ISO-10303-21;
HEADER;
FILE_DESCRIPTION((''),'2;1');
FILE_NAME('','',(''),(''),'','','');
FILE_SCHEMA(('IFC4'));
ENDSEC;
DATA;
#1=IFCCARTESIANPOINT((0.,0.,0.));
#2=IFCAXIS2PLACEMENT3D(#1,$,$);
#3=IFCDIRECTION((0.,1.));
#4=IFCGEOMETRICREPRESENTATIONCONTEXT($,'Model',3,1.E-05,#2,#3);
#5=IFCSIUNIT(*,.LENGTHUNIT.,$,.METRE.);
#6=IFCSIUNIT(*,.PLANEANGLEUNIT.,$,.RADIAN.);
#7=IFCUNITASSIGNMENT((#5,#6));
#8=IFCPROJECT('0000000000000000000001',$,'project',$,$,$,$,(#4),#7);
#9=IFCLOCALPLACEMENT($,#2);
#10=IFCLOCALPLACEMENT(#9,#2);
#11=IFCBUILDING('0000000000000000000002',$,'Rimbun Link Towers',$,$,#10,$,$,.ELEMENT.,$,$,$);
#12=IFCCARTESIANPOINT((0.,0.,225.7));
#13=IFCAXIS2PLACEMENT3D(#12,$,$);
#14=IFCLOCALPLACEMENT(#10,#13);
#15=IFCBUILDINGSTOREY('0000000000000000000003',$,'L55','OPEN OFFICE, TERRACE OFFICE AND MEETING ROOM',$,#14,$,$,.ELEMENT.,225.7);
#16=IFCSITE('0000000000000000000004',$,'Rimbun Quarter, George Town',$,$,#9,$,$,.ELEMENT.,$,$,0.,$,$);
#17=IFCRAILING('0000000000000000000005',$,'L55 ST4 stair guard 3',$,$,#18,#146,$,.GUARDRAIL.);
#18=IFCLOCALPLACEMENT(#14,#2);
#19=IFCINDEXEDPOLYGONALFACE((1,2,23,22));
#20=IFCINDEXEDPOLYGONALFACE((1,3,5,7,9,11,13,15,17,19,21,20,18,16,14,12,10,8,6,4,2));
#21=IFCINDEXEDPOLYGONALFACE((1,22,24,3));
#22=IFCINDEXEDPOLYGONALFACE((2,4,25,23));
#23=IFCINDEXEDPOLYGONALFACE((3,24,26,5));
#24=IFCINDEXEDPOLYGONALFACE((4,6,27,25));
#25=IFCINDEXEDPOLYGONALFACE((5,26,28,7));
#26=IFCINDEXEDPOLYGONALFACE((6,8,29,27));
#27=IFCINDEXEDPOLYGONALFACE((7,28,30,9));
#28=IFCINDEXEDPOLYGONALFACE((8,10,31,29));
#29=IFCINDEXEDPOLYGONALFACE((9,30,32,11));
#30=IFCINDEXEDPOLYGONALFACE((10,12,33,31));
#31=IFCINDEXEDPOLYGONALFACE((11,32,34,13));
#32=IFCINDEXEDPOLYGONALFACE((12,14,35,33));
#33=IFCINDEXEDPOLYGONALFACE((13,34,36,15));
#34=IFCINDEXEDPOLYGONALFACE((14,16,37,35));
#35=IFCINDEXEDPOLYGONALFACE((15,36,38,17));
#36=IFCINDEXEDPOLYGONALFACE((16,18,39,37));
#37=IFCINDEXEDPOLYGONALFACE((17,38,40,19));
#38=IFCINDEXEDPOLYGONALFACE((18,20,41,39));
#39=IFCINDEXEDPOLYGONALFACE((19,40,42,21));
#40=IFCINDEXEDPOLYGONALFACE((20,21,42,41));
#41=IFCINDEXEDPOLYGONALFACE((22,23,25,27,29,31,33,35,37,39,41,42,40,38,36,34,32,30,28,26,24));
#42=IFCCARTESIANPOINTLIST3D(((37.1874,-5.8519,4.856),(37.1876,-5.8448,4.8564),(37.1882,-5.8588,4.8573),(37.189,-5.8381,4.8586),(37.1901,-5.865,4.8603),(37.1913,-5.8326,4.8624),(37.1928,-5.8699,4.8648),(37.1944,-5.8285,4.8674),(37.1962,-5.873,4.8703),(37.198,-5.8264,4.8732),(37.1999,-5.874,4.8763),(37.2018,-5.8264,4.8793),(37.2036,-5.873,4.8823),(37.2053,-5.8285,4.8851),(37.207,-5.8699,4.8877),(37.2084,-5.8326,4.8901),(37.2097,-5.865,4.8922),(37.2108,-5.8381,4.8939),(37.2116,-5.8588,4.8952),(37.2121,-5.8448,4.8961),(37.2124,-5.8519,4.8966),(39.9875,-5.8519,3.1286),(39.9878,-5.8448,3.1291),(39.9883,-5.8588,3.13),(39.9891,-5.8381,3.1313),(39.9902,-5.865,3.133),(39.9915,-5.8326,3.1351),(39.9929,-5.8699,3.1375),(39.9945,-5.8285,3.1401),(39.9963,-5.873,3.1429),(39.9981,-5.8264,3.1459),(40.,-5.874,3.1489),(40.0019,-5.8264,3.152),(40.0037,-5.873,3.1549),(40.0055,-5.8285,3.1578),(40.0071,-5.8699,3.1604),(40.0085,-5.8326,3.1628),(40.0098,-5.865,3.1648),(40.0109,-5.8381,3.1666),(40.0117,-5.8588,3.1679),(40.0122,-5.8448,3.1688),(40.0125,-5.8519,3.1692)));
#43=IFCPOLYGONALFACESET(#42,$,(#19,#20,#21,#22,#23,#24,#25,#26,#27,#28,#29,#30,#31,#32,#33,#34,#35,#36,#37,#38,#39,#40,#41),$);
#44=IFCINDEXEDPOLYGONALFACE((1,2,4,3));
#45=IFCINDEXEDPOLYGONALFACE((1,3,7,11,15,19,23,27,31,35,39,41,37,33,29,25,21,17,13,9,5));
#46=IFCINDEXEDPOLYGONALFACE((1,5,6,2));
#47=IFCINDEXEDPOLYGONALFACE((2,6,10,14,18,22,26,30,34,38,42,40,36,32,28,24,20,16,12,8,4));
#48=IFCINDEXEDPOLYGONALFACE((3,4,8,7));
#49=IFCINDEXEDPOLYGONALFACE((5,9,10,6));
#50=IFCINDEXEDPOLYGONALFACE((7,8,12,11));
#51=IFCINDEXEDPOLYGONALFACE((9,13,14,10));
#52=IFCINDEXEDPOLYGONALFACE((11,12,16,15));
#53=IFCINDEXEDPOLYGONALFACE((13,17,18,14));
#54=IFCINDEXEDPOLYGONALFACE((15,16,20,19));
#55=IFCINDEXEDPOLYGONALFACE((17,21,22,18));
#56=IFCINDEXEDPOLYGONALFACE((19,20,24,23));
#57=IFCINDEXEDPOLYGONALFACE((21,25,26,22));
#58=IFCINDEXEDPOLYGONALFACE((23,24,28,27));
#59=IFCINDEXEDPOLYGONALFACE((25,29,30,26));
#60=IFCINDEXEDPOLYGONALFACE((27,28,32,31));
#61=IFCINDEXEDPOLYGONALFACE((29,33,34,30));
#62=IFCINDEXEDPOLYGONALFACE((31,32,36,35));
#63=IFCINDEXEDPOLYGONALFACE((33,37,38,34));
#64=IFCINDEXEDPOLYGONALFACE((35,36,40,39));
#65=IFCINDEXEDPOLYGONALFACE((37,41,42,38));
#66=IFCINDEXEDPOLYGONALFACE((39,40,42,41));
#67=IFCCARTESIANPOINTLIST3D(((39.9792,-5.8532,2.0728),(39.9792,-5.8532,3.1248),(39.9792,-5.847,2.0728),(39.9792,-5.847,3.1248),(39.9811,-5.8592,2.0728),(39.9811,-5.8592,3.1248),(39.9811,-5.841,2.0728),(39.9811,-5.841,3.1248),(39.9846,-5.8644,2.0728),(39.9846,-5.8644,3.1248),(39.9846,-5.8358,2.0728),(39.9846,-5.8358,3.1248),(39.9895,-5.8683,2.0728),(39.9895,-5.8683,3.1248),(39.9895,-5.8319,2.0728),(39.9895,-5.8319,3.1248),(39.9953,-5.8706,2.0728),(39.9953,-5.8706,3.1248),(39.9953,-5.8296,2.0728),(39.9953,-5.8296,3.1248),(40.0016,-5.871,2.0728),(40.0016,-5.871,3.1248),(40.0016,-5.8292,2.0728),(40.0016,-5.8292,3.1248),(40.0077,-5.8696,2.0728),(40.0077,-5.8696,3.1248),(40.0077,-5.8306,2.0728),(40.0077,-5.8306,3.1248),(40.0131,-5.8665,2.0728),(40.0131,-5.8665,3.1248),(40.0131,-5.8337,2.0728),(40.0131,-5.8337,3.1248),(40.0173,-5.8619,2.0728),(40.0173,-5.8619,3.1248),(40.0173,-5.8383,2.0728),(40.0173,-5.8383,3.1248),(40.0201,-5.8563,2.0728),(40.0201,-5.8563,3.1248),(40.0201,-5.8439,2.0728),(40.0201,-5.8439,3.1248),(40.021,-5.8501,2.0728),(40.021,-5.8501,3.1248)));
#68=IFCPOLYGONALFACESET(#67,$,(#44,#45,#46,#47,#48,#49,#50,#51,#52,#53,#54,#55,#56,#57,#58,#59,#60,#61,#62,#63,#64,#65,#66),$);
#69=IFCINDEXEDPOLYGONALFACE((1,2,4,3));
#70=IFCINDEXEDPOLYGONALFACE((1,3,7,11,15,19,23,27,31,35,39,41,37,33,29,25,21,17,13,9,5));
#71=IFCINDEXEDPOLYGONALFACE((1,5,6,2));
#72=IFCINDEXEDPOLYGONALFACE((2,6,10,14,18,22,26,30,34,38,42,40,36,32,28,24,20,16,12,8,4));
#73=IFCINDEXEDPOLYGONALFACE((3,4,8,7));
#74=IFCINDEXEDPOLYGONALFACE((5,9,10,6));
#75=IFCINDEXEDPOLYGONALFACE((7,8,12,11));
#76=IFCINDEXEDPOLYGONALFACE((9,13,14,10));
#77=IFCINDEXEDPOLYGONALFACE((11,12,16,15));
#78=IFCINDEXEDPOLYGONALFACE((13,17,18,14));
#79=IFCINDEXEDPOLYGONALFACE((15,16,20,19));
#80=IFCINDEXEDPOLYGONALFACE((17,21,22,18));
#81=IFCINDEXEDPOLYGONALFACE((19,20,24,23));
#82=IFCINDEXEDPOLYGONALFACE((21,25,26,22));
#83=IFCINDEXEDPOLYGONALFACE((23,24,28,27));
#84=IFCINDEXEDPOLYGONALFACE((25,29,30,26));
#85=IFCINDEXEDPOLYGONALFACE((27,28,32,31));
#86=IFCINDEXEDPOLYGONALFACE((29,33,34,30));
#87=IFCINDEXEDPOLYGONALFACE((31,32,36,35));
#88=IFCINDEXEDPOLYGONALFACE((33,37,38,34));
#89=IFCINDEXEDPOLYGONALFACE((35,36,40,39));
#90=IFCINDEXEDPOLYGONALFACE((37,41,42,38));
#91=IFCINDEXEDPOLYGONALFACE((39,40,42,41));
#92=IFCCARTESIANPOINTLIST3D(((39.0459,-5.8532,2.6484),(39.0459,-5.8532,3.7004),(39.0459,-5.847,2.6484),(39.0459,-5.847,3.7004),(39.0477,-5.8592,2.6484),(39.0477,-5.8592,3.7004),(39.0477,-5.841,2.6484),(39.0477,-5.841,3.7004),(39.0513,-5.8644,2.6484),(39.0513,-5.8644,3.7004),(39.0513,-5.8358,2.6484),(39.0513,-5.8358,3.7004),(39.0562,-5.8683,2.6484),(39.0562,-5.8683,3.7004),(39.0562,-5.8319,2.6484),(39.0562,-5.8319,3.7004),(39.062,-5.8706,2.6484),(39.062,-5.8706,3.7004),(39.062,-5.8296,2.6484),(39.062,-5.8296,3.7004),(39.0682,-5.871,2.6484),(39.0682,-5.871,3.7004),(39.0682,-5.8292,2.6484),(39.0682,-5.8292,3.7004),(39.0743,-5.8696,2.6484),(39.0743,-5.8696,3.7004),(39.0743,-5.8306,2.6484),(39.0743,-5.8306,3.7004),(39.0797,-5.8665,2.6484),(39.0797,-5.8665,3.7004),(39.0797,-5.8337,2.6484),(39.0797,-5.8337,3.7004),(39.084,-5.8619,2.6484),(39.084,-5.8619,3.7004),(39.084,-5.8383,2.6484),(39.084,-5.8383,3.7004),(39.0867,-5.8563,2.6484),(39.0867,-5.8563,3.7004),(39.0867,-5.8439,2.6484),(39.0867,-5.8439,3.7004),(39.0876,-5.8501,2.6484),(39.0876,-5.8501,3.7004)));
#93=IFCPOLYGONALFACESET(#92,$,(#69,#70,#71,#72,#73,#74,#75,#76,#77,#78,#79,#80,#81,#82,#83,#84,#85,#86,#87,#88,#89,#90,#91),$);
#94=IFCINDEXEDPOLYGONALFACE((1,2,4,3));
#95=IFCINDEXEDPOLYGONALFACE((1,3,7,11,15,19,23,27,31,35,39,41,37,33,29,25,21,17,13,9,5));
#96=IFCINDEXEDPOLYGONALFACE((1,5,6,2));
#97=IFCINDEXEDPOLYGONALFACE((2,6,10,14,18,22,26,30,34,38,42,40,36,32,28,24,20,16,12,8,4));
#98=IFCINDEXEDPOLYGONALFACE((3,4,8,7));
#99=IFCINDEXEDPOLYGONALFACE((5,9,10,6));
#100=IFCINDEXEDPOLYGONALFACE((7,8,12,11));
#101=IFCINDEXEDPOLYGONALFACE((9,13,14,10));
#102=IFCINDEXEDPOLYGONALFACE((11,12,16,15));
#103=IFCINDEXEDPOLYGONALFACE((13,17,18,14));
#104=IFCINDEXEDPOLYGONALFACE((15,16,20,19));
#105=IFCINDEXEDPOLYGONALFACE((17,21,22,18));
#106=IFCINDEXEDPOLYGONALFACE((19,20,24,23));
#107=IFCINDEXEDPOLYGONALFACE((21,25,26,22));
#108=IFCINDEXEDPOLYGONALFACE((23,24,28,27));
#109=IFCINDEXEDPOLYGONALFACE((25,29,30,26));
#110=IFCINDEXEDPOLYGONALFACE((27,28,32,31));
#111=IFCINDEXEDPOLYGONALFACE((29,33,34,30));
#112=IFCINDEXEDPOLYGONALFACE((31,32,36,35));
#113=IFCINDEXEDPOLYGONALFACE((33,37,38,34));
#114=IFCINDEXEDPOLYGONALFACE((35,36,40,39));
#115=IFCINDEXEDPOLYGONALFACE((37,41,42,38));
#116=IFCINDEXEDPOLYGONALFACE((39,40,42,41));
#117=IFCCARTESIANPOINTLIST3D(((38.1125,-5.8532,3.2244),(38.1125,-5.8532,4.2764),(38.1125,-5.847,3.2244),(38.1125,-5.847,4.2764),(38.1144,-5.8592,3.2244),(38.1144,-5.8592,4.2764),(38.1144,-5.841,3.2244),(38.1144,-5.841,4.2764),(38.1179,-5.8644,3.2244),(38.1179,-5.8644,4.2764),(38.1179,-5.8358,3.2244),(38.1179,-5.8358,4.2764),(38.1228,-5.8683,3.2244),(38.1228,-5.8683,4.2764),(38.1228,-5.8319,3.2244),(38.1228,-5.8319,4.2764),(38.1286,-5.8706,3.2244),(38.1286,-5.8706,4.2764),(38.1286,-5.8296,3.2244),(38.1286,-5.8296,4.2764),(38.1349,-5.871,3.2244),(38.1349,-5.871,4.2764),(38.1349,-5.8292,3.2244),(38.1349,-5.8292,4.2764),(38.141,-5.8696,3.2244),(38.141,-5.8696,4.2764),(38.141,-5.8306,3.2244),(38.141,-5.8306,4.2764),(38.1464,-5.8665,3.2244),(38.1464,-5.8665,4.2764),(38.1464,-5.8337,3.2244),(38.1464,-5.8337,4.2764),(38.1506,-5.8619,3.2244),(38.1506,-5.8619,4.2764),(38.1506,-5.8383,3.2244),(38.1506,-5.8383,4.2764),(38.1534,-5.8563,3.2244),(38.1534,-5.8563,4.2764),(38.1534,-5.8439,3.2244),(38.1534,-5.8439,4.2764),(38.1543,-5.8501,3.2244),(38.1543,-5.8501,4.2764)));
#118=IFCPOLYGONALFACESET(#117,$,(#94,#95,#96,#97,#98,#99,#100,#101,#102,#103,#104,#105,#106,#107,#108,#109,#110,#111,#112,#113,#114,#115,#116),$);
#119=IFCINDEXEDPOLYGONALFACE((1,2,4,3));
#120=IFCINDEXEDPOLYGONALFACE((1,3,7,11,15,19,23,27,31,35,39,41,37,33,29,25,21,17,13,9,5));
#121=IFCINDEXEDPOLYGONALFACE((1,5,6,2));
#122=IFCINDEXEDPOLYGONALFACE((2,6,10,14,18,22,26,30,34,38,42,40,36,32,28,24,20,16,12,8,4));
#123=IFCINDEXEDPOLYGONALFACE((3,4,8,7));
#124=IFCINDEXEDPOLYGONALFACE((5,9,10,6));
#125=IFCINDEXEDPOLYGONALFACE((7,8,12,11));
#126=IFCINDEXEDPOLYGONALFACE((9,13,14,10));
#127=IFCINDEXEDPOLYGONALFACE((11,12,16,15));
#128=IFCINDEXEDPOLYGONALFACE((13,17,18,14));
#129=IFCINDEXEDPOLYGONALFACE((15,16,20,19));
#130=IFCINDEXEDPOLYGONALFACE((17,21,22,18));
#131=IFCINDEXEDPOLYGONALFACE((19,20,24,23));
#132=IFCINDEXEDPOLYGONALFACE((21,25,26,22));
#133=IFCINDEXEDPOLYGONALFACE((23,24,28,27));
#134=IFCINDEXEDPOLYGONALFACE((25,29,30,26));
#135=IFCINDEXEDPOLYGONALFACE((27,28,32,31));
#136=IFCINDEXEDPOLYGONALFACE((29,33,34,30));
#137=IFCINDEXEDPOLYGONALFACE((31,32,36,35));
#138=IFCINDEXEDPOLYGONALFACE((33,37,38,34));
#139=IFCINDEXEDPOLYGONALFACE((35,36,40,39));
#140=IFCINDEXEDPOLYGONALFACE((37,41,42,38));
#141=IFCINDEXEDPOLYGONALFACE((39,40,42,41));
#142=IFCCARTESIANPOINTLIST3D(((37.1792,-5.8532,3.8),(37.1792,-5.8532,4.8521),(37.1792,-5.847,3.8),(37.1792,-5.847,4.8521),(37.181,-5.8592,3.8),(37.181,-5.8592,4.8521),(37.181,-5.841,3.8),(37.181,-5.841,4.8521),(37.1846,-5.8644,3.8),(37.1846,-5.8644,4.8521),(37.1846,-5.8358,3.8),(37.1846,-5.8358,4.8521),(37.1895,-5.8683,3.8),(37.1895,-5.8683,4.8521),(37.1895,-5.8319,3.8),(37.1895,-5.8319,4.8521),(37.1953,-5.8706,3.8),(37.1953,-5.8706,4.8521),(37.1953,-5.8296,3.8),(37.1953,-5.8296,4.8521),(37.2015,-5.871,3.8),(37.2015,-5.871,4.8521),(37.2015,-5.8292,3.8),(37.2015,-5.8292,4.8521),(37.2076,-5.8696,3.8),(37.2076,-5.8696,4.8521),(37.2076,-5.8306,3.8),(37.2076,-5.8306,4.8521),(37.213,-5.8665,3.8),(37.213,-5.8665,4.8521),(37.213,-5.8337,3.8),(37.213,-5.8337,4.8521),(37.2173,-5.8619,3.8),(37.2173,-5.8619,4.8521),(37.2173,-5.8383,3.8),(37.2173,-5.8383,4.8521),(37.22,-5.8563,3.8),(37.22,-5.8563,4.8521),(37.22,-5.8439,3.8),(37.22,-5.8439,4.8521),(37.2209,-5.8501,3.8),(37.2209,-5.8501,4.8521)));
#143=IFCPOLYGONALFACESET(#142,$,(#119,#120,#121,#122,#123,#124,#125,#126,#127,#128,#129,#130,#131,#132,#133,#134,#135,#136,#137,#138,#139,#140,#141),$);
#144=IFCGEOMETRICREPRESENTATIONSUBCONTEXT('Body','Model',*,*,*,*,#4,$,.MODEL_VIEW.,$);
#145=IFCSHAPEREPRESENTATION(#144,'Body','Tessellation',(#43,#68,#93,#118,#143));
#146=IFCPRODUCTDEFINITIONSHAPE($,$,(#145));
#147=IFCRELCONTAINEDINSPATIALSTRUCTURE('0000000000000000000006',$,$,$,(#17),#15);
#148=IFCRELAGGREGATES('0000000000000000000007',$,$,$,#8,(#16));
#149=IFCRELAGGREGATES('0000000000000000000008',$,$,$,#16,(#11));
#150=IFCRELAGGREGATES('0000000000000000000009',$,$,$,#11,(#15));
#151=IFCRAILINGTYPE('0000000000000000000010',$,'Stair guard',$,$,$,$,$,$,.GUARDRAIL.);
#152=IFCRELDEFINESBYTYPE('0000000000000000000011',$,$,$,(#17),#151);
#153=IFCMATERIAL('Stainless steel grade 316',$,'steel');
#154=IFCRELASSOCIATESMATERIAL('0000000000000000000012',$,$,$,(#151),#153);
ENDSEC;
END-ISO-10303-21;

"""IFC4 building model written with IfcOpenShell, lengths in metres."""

from ifc_helpers import new_model, si_unit, direction, frame, origin, origin_2d, place, context, subcontext, project, spatial, circle, extrude, material, type_object, element, save


model = new_model("IFC4")

# Units and contexts
model_context = context("Model", 3, precision=1e-05, world=origin(), true_north=direction((0.0, 1.0)))
body_context = subcontext(model_context, "Body", "Model", "MODEL_VIEW")
ifc_project = project(units=[si_unit("LENGTHUNIT", "METRE"), si_unit("PLANEANGLEUNIT", "RADIAN")], contexts=[model_context])

# Site, building, storey
site_placement = place(None, origin())
site = spatial("IfcSite", under=ifc_project, at=site_placement, Name="Rimbun Quarter, George Town", CompositionType="ELEMENT", RefElevation=0.0)
building_placement = place(site_placement, origin())
building = spatial("IfcBuilding", under=site, at=building_placement, Name="Rimbun Link Towers", CompositionType="ELEMENT")
storey_placement = place(building_placement, frame((0.0, 0.0, 225.7)))
storey = spatial("IfcBuildingStorey", under=building, at=storey_placement, Name="L55", Description="OPEN OFFICE, TERRACE OFFICE AND MEETING ROOM", CompositionType="ELEMENT", Elevation=225.7)

# Railing
ifc_material_1 = material(Name="Stainless steel grade 316", Category="steel")
railing_type_1 = type_object("IfcRailingType", Name="Stair guard", PredefinedType="GUARDRAIL", material=ifc_material_1)
railing_1_placement = place(storey_placement, frame((40.0, -5.8501, 2.0728)))
element("IfcRailing", 1, at=railing_1_placement, inside=storey, type_object=railing_type_1, Name="L55 ST4 stair guard 3", PredefinedType="GUARDRAIL", context=body_context, shape_type="SweptSolid", body=[
    extrude(circle(Radius=0.0239, at=origin_2d()), frame((0.0, 0.0, 1.0762), z_axis=(-0.85109, 0.0, 0.52502), x_axis=(0.0, -1.0, 0.0)), (0.0, 0.0, 1.0), 3.29),
    extrude(circle(Radius=0.021, at=origin_2d()), origin(), (0.0, 0.0, 1.0), 1.052),
    extrude(circle(Radius=0.021, at=origin_2d()), frame((-0.9333, 0.0, 0.5757)), (0.0, 0.0, 1.0), 1.052),
    extrude(circle(Radius=0.021, at=origin_2d()), frame((-1.8667, 0.0, 1.1516)), (0.0, 0.0, 1.0), 1.052),
    extrude(circle(Radius=0.021, at=origin_2d()), frame((-2.8, 0.0, 1.7273)), (0.0, 0.0, 1.0), 1.052),
])

save(model, "model.ifc")
